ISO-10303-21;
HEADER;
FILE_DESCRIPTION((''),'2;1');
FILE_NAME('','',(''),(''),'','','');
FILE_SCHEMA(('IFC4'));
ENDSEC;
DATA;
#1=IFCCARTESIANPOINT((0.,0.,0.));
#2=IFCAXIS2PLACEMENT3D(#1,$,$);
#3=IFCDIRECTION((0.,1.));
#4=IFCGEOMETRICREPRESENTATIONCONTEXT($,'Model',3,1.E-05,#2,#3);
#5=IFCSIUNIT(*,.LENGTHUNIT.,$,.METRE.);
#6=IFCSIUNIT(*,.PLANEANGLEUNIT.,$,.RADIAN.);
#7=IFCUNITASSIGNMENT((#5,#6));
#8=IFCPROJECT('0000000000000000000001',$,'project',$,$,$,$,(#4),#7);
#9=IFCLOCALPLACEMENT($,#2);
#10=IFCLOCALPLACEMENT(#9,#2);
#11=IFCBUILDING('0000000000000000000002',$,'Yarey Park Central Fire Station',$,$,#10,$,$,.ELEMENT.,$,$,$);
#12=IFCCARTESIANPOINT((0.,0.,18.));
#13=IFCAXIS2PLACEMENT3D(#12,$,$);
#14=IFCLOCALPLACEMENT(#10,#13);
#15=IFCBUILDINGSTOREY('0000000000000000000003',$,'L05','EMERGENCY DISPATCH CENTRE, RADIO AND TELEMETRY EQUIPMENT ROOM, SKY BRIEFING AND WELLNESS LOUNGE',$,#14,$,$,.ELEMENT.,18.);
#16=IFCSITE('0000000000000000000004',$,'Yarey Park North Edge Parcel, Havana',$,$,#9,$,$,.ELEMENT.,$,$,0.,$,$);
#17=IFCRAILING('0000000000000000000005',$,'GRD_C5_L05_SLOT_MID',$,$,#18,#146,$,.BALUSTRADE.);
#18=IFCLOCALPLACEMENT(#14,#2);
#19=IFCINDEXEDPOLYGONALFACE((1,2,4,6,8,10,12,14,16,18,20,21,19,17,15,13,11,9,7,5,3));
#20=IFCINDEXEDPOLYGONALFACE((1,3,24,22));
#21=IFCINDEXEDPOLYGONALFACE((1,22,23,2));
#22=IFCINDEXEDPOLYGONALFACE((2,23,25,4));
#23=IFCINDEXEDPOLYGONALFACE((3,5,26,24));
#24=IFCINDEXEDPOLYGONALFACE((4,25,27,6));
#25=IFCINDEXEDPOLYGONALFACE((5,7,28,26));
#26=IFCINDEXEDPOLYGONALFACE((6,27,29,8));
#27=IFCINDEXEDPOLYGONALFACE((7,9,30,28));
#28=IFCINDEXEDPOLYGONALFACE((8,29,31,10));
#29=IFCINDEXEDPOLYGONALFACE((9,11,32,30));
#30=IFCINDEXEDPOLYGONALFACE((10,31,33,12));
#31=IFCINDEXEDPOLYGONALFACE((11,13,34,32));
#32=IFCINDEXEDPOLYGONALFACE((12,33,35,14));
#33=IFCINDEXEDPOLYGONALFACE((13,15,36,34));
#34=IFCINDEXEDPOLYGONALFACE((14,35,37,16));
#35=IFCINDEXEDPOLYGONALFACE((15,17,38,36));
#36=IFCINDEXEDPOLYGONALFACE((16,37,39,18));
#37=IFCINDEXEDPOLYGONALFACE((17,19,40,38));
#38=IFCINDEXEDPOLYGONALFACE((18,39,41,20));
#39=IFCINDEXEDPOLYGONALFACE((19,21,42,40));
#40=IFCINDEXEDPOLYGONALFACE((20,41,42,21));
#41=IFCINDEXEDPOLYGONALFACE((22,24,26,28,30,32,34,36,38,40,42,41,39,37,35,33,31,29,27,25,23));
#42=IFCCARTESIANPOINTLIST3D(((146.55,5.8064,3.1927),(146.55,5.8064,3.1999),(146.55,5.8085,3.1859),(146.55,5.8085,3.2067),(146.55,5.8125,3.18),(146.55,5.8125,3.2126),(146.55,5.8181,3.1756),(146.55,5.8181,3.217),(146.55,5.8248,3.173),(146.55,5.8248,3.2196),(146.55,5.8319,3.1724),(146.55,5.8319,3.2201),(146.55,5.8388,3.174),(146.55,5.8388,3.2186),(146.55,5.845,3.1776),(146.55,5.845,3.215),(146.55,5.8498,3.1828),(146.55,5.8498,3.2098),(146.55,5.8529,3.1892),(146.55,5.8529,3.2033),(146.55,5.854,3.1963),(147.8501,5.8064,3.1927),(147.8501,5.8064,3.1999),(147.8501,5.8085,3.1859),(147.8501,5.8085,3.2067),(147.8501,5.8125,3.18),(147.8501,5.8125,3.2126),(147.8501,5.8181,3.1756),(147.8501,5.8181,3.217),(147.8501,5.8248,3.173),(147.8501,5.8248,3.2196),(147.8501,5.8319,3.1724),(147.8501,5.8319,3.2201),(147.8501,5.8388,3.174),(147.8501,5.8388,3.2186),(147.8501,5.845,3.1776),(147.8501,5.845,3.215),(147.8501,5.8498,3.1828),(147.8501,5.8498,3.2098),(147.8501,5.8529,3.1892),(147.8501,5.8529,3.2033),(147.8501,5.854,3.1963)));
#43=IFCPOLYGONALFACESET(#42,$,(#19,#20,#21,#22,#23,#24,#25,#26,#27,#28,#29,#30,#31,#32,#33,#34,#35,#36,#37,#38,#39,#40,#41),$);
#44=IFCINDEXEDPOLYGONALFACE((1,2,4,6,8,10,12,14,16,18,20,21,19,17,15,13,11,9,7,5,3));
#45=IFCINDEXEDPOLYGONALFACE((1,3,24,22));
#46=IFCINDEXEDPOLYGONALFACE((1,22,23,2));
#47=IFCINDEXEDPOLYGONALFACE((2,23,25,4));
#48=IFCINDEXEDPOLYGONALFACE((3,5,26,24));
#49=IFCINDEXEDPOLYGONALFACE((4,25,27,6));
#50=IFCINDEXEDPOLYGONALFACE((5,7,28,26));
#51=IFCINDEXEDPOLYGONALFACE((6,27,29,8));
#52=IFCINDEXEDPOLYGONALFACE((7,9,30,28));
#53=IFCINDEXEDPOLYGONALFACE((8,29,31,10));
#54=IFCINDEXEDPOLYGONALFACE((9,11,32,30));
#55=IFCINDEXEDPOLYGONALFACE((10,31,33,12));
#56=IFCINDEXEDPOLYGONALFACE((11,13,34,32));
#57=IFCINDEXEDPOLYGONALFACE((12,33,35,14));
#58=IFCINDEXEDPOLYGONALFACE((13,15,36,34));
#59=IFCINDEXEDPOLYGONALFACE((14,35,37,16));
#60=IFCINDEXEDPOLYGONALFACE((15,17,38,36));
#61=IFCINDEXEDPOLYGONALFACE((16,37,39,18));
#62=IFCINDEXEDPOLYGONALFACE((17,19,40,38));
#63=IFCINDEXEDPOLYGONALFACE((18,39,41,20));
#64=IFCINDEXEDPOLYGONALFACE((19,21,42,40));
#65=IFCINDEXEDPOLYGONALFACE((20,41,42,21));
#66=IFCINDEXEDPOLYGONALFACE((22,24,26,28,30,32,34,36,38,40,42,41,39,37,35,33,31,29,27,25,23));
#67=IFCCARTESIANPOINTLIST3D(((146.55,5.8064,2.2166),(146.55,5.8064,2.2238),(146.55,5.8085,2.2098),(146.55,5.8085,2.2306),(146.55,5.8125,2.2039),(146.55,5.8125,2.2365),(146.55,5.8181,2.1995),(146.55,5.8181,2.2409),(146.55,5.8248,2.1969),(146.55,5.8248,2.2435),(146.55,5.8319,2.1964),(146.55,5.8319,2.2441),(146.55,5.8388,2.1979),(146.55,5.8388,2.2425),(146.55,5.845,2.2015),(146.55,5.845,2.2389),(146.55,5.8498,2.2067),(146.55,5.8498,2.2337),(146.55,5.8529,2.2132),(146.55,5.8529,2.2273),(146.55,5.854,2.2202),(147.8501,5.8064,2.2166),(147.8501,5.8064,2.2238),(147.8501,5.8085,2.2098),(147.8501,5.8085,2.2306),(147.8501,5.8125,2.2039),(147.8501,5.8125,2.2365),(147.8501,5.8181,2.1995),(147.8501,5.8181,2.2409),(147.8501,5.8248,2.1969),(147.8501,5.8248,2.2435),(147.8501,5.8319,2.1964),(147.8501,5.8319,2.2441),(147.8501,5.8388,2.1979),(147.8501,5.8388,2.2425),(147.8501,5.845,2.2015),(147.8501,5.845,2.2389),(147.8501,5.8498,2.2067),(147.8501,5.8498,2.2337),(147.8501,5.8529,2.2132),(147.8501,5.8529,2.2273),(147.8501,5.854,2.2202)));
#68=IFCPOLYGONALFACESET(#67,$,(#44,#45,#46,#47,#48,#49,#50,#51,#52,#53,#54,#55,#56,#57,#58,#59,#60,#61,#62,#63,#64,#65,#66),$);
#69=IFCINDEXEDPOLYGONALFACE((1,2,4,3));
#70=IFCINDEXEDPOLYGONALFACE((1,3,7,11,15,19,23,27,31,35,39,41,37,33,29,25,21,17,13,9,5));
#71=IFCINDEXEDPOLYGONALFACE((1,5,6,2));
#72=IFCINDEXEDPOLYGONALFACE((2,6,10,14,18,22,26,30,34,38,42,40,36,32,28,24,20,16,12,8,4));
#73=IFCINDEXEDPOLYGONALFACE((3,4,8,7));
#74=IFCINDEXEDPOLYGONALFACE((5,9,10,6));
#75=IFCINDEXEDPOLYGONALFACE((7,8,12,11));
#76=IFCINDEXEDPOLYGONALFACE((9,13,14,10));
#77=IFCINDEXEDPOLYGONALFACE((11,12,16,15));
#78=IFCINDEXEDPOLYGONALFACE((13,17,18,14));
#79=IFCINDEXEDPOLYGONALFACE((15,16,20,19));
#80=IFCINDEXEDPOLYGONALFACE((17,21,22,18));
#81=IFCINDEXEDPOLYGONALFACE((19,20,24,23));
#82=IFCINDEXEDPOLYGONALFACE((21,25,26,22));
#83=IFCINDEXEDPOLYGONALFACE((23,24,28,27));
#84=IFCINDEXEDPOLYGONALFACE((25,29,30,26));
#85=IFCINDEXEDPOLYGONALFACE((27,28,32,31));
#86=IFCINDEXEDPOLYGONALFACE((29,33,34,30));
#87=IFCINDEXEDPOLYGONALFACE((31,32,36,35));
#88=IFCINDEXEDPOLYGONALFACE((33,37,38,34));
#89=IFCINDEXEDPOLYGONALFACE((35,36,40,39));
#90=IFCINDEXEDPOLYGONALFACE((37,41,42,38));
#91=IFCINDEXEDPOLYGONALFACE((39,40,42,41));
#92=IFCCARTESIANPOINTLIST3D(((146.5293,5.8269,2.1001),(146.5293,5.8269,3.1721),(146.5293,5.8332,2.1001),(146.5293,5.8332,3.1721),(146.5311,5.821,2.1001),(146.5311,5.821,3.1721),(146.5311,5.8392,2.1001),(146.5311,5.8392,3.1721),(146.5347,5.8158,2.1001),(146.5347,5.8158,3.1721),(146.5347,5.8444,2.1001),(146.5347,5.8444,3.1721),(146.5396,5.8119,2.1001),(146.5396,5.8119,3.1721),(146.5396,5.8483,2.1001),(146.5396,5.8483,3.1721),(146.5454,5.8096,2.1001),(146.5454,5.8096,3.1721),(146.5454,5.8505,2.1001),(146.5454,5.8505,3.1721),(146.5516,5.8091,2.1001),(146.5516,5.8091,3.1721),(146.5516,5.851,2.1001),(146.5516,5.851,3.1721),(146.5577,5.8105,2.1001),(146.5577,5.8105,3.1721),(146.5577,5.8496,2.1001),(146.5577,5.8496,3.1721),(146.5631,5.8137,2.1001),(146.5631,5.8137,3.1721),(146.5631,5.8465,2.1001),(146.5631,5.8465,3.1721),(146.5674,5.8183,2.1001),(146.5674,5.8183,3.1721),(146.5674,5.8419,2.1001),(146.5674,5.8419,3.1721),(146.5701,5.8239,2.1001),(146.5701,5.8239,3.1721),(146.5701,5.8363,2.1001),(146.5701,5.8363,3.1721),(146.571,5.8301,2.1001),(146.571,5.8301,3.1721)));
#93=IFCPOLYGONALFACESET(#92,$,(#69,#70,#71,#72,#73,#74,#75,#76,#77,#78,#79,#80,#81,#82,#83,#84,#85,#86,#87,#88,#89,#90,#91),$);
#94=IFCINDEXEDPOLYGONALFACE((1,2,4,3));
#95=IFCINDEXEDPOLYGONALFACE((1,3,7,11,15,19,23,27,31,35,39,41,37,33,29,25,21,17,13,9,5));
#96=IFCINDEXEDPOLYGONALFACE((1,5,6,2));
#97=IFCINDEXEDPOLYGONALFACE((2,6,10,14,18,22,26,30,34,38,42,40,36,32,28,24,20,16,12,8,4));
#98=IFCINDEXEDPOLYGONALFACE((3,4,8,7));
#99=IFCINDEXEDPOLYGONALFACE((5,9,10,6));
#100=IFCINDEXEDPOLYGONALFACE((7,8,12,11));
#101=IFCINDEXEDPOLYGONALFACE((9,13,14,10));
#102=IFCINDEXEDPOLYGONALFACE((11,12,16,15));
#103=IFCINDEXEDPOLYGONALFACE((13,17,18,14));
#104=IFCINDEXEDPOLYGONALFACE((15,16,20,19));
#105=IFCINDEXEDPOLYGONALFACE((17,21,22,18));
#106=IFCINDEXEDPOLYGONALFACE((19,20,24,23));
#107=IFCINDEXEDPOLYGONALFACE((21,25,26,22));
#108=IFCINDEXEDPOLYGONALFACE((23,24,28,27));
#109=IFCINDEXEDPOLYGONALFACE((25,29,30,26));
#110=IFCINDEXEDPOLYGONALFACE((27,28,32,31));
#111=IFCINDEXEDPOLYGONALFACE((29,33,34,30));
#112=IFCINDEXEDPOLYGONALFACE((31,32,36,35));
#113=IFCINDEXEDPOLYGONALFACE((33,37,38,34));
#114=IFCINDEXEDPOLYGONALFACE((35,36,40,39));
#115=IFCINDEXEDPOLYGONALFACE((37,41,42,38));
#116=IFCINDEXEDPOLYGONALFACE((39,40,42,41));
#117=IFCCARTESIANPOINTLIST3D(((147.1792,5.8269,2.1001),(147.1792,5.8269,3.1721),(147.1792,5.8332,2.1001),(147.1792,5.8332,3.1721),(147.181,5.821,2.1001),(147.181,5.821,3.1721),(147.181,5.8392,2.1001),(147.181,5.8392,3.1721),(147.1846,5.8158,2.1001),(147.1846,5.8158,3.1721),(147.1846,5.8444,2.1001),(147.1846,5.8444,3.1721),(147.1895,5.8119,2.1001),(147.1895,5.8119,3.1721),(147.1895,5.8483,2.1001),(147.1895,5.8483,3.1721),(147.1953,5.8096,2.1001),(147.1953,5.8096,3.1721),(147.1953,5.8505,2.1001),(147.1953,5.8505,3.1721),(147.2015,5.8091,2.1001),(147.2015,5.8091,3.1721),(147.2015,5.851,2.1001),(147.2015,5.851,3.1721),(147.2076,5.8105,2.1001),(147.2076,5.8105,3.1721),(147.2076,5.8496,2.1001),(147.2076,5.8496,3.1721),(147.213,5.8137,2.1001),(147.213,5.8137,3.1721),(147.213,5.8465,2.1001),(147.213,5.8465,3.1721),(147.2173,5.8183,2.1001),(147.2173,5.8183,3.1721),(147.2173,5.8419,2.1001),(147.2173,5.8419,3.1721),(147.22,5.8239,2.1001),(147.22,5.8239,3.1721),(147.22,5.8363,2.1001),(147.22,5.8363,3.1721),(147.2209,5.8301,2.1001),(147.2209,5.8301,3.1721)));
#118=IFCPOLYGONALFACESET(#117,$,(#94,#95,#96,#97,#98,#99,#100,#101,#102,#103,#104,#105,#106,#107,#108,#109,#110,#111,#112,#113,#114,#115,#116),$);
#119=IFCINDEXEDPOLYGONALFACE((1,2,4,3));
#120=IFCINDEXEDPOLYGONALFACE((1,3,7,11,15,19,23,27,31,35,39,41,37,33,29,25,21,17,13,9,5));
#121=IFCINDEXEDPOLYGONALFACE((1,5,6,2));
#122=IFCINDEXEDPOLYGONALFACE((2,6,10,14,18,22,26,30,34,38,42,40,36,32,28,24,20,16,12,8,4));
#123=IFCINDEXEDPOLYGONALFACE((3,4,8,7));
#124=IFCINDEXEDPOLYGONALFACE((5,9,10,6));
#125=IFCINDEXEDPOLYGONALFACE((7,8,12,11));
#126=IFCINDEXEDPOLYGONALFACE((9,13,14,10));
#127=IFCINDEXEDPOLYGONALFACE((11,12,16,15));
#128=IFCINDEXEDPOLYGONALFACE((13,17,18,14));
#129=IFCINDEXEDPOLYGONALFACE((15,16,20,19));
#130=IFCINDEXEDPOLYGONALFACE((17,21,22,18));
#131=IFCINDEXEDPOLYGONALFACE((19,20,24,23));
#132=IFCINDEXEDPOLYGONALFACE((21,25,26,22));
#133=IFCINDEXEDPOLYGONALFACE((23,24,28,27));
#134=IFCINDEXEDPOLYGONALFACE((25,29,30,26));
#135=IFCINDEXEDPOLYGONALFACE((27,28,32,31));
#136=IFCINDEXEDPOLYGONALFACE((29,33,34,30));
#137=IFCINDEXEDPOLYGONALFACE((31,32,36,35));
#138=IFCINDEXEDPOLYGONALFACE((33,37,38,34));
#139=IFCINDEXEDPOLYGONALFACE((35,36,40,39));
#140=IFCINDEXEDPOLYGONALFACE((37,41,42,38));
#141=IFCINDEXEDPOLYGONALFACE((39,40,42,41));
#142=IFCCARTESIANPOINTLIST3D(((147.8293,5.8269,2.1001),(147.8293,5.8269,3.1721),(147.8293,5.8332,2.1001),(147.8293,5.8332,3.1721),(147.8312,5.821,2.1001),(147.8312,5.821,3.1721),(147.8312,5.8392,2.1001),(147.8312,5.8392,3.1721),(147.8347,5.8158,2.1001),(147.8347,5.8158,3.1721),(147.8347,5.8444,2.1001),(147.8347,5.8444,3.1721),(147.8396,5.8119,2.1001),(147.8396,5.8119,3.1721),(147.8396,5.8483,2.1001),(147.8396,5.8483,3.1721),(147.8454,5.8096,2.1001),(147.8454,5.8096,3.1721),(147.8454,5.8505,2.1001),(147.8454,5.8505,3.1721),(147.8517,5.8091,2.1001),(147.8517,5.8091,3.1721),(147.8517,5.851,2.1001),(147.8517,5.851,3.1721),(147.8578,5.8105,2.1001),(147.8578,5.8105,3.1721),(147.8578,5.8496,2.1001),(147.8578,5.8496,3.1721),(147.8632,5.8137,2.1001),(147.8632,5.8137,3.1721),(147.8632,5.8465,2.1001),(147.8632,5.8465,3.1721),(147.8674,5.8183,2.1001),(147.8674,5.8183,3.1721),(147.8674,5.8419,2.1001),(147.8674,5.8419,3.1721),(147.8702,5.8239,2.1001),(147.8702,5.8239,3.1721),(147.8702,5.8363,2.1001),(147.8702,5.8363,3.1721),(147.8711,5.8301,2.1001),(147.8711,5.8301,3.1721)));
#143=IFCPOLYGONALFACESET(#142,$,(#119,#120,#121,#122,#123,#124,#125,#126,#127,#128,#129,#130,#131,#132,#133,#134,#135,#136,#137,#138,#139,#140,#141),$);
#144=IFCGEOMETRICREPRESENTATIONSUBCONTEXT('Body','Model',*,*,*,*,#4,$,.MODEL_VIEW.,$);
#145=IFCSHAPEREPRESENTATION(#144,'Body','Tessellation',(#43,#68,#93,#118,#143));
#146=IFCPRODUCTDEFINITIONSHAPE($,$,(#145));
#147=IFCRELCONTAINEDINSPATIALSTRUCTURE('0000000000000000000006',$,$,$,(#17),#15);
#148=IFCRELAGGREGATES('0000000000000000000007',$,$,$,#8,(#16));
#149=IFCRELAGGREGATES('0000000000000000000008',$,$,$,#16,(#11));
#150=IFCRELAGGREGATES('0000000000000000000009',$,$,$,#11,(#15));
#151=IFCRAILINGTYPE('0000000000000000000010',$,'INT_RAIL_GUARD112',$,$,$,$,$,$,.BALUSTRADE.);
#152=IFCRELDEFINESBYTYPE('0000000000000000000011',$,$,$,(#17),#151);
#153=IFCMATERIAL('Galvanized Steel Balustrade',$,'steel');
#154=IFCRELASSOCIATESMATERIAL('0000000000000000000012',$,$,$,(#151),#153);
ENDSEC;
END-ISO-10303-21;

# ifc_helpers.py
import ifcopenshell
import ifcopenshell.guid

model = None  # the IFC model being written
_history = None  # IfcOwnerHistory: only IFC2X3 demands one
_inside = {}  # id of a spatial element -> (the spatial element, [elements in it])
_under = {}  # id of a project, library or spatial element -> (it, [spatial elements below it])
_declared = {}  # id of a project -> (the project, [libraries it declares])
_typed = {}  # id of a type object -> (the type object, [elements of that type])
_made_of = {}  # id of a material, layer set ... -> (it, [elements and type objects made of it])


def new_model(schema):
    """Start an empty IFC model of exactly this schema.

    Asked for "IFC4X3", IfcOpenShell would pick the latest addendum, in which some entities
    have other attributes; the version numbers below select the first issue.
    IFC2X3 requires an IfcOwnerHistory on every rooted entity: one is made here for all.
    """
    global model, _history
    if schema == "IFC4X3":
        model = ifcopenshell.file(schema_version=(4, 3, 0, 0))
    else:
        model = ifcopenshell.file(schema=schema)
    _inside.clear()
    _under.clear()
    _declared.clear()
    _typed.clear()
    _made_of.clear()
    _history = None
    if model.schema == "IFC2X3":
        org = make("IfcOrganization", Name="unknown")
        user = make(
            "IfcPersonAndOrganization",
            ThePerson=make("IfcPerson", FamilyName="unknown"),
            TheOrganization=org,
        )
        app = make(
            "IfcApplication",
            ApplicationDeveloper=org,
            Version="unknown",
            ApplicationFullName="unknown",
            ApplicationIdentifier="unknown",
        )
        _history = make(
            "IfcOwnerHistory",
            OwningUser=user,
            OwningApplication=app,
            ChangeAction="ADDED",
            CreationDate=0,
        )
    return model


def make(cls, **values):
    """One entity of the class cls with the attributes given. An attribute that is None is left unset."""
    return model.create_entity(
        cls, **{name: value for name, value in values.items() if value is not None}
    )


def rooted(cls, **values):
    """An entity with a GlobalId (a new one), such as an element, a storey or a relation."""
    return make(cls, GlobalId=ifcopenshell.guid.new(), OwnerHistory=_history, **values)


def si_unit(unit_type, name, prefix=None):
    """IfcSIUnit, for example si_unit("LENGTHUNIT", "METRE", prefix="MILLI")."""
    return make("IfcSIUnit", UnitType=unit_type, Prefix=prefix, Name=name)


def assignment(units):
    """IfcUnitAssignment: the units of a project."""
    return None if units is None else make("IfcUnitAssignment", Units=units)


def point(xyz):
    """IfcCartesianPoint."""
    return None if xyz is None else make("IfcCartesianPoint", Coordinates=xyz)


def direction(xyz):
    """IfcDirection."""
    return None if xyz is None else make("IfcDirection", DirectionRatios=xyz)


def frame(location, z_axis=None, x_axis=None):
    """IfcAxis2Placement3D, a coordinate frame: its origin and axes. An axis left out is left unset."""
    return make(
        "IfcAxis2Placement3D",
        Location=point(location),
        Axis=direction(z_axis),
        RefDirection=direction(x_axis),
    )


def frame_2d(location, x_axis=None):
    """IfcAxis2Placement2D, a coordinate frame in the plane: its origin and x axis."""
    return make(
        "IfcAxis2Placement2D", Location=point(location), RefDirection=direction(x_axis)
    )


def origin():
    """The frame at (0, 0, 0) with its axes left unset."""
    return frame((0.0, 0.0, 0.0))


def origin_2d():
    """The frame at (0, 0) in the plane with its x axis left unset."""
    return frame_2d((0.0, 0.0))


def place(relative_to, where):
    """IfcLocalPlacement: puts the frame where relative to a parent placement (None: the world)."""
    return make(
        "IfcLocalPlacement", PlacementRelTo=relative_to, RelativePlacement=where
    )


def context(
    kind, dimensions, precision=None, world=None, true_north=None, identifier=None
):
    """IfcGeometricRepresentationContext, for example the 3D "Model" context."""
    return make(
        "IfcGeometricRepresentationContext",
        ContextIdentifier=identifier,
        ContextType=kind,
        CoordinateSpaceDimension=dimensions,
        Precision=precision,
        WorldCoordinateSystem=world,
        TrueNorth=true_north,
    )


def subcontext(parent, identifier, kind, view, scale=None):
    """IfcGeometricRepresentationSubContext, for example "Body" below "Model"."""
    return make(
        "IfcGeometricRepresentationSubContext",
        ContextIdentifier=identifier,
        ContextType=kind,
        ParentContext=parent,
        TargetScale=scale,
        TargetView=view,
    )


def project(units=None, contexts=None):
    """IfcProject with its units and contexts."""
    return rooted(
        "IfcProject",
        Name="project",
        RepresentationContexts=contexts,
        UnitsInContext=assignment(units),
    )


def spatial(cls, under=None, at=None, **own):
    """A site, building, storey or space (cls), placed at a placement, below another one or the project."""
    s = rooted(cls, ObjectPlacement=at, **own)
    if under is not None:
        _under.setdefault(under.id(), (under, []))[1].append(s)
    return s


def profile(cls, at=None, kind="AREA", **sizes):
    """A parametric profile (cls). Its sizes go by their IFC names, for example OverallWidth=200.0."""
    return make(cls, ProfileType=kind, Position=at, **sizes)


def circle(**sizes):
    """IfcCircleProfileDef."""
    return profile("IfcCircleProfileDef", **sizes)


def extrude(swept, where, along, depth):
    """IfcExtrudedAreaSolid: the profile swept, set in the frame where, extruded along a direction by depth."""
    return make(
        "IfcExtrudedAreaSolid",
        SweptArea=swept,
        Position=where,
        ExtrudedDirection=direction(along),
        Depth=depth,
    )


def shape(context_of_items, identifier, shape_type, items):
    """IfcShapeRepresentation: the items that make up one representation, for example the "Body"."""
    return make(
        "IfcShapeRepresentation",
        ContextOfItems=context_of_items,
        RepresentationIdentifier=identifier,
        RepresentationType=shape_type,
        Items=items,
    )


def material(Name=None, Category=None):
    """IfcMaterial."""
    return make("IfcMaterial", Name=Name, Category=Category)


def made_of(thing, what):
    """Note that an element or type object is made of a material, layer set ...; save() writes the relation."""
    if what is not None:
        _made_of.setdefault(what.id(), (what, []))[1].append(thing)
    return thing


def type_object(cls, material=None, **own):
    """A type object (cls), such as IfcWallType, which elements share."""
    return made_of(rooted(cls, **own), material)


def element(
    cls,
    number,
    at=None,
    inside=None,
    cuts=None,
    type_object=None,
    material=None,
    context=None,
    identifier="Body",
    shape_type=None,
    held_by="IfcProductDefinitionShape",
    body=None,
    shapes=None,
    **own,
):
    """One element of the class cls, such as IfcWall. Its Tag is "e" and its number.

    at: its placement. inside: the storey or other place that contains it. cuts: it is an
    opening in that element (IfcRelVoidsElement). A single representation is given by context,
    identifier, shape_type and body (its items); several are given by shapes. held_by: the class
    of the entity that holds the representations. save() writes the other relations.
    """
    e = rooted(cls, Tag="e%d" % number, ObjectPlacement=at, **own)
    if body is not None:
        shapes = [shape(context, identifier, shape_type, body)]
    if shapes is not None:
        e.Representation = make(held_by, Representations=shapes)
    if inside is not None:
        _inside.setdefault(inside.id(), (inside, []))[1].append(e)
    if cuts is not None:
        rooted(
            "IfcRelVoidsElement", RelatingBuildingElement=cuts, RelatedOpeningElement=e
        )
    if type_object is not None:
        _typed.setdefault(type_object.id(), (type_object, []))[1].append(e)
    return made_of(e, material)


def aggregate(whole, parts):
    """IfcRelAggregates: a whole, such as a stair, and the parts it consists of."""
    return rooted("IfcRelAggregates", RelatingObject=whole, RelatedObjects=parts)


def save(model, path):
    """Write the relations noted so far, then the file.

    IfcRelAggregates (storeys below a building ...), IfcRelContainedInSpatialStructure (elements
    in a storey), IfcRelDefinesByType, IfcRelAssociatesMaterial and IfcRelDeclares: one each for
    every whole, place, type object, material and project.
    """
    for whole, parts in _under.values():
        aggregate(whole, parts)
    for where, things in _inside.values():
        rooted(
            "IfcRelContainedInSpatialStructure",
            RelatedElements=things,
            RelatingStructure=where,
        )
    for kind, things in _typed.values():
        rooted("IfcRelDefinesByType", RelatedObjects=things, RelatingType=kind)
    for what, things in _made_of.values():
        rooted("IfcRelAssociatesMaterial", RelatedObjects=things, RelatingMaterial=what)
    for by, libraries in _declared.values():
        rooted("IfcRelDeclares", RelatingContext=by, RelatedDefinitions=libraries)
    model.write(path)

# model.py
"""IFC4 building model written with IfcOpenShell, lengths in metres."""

from ifc_helpers import new_model, si_unit, direction, frame, origin, origin_2d, place, context, subcontext, project, spatial, circle, extrude, material, type_object, element, save


model = new_model("IFC4")

# Units and contexts
model_context = context("Model", 3, precision=1e-05, world=origin(), true_north=direction((0.0, 1.0)))
body_context = subcontext(model_context, "Body", "Model", "MODEL_VIEW")
ifc_project = project(units=[si_unit("LENGTHUNIT", "METRE"), si_unit("PLANEANGLEUNIT", "RADIAN")], contexts=[model_context])

# Site, building, storey
site_placement = place(None, origin())
site = spatial("IfcSite", under=ifc_project, at=site_placement, Name="Yarey Park North Edge Parcel, Havana", CompositionType="ELEMENT", RefElevation=0.0)
building_placement = place(site_placement, origin())
building = spatial("IfcBuilding", under=site, at=building_placement, Name="Yarey Park Central Fire Station", CompositionType="ELEMENT")
storey_placement = place(building_placement, frame((0.0, 0.0, 18.0)))
storey = spatial("IfcBuildingStorey", under=building, at=storey_placement, Name="L05", Description="EMERGENCY DISPATCH CENTRE, RADIO AND TELEMETRY EQUIPMENT ROOM, SKY BRIEFING AND WELLNESS LOUNGE", CompositionType="ELEMENT", Elevation=18.0)

# Railing
ifc_material_1 = material(Name="Galvanized Steel Balustrade", Category="steel")
railing_type_1 = type_object("IfcRailingType", Name="INT_RAIL_GUARD112", PredefinedType="BALUSTRADE", material=ifc_material_1)
for number, where, name in (
    (1, (146.55, 5.8301, 2.1001), "GRD_C5_L05_SLOT_MID"),
):
    element("IfcRailing", number, at=place(storey_placement, frame(where)), inside=storey, type_object=railing_type_1, Name=name, PredefinedType="BALUSTRADE", context=body_context, shape_type="SweptSolid", body=[
        extrude(circle(Radius=0.0239, at=origin_2d()), frame((0.0, 0.0, 1.0962), z_axis=(1.0, 0.0, 0.0), x_axis=(0.0, 1.0, 0.0)), (0.0, 0.0, 1.0), 1.3),
        extrude(circle(Radius=0.0239, at=origin_2d()), frame((0.0, 0.0, 0.1201), z_axis=(1.0, 0.0, 0.0), x_axis=(0.0, 1.0, 0.0)), (0.0, 0.0, 1.0), 1.3),
        extrude(circle(Radius=0.021, at=origin_2d()), origin(), (0.0, 0.0, 1.0), 1.072),
        extrude(circle(Radius=0.021, at=origin_2d()), frame((0.6499, 0.0, 0.0)), (0.0, 0.0, 1.0), 1.072),
        extrude(circle(Radius=0.021, at=origin_2d()), frame((1.3, 0.0, 0.0)), (0.0, 0.0, 1.0), 1.072),
    ])

save(model, "model.ifc")
